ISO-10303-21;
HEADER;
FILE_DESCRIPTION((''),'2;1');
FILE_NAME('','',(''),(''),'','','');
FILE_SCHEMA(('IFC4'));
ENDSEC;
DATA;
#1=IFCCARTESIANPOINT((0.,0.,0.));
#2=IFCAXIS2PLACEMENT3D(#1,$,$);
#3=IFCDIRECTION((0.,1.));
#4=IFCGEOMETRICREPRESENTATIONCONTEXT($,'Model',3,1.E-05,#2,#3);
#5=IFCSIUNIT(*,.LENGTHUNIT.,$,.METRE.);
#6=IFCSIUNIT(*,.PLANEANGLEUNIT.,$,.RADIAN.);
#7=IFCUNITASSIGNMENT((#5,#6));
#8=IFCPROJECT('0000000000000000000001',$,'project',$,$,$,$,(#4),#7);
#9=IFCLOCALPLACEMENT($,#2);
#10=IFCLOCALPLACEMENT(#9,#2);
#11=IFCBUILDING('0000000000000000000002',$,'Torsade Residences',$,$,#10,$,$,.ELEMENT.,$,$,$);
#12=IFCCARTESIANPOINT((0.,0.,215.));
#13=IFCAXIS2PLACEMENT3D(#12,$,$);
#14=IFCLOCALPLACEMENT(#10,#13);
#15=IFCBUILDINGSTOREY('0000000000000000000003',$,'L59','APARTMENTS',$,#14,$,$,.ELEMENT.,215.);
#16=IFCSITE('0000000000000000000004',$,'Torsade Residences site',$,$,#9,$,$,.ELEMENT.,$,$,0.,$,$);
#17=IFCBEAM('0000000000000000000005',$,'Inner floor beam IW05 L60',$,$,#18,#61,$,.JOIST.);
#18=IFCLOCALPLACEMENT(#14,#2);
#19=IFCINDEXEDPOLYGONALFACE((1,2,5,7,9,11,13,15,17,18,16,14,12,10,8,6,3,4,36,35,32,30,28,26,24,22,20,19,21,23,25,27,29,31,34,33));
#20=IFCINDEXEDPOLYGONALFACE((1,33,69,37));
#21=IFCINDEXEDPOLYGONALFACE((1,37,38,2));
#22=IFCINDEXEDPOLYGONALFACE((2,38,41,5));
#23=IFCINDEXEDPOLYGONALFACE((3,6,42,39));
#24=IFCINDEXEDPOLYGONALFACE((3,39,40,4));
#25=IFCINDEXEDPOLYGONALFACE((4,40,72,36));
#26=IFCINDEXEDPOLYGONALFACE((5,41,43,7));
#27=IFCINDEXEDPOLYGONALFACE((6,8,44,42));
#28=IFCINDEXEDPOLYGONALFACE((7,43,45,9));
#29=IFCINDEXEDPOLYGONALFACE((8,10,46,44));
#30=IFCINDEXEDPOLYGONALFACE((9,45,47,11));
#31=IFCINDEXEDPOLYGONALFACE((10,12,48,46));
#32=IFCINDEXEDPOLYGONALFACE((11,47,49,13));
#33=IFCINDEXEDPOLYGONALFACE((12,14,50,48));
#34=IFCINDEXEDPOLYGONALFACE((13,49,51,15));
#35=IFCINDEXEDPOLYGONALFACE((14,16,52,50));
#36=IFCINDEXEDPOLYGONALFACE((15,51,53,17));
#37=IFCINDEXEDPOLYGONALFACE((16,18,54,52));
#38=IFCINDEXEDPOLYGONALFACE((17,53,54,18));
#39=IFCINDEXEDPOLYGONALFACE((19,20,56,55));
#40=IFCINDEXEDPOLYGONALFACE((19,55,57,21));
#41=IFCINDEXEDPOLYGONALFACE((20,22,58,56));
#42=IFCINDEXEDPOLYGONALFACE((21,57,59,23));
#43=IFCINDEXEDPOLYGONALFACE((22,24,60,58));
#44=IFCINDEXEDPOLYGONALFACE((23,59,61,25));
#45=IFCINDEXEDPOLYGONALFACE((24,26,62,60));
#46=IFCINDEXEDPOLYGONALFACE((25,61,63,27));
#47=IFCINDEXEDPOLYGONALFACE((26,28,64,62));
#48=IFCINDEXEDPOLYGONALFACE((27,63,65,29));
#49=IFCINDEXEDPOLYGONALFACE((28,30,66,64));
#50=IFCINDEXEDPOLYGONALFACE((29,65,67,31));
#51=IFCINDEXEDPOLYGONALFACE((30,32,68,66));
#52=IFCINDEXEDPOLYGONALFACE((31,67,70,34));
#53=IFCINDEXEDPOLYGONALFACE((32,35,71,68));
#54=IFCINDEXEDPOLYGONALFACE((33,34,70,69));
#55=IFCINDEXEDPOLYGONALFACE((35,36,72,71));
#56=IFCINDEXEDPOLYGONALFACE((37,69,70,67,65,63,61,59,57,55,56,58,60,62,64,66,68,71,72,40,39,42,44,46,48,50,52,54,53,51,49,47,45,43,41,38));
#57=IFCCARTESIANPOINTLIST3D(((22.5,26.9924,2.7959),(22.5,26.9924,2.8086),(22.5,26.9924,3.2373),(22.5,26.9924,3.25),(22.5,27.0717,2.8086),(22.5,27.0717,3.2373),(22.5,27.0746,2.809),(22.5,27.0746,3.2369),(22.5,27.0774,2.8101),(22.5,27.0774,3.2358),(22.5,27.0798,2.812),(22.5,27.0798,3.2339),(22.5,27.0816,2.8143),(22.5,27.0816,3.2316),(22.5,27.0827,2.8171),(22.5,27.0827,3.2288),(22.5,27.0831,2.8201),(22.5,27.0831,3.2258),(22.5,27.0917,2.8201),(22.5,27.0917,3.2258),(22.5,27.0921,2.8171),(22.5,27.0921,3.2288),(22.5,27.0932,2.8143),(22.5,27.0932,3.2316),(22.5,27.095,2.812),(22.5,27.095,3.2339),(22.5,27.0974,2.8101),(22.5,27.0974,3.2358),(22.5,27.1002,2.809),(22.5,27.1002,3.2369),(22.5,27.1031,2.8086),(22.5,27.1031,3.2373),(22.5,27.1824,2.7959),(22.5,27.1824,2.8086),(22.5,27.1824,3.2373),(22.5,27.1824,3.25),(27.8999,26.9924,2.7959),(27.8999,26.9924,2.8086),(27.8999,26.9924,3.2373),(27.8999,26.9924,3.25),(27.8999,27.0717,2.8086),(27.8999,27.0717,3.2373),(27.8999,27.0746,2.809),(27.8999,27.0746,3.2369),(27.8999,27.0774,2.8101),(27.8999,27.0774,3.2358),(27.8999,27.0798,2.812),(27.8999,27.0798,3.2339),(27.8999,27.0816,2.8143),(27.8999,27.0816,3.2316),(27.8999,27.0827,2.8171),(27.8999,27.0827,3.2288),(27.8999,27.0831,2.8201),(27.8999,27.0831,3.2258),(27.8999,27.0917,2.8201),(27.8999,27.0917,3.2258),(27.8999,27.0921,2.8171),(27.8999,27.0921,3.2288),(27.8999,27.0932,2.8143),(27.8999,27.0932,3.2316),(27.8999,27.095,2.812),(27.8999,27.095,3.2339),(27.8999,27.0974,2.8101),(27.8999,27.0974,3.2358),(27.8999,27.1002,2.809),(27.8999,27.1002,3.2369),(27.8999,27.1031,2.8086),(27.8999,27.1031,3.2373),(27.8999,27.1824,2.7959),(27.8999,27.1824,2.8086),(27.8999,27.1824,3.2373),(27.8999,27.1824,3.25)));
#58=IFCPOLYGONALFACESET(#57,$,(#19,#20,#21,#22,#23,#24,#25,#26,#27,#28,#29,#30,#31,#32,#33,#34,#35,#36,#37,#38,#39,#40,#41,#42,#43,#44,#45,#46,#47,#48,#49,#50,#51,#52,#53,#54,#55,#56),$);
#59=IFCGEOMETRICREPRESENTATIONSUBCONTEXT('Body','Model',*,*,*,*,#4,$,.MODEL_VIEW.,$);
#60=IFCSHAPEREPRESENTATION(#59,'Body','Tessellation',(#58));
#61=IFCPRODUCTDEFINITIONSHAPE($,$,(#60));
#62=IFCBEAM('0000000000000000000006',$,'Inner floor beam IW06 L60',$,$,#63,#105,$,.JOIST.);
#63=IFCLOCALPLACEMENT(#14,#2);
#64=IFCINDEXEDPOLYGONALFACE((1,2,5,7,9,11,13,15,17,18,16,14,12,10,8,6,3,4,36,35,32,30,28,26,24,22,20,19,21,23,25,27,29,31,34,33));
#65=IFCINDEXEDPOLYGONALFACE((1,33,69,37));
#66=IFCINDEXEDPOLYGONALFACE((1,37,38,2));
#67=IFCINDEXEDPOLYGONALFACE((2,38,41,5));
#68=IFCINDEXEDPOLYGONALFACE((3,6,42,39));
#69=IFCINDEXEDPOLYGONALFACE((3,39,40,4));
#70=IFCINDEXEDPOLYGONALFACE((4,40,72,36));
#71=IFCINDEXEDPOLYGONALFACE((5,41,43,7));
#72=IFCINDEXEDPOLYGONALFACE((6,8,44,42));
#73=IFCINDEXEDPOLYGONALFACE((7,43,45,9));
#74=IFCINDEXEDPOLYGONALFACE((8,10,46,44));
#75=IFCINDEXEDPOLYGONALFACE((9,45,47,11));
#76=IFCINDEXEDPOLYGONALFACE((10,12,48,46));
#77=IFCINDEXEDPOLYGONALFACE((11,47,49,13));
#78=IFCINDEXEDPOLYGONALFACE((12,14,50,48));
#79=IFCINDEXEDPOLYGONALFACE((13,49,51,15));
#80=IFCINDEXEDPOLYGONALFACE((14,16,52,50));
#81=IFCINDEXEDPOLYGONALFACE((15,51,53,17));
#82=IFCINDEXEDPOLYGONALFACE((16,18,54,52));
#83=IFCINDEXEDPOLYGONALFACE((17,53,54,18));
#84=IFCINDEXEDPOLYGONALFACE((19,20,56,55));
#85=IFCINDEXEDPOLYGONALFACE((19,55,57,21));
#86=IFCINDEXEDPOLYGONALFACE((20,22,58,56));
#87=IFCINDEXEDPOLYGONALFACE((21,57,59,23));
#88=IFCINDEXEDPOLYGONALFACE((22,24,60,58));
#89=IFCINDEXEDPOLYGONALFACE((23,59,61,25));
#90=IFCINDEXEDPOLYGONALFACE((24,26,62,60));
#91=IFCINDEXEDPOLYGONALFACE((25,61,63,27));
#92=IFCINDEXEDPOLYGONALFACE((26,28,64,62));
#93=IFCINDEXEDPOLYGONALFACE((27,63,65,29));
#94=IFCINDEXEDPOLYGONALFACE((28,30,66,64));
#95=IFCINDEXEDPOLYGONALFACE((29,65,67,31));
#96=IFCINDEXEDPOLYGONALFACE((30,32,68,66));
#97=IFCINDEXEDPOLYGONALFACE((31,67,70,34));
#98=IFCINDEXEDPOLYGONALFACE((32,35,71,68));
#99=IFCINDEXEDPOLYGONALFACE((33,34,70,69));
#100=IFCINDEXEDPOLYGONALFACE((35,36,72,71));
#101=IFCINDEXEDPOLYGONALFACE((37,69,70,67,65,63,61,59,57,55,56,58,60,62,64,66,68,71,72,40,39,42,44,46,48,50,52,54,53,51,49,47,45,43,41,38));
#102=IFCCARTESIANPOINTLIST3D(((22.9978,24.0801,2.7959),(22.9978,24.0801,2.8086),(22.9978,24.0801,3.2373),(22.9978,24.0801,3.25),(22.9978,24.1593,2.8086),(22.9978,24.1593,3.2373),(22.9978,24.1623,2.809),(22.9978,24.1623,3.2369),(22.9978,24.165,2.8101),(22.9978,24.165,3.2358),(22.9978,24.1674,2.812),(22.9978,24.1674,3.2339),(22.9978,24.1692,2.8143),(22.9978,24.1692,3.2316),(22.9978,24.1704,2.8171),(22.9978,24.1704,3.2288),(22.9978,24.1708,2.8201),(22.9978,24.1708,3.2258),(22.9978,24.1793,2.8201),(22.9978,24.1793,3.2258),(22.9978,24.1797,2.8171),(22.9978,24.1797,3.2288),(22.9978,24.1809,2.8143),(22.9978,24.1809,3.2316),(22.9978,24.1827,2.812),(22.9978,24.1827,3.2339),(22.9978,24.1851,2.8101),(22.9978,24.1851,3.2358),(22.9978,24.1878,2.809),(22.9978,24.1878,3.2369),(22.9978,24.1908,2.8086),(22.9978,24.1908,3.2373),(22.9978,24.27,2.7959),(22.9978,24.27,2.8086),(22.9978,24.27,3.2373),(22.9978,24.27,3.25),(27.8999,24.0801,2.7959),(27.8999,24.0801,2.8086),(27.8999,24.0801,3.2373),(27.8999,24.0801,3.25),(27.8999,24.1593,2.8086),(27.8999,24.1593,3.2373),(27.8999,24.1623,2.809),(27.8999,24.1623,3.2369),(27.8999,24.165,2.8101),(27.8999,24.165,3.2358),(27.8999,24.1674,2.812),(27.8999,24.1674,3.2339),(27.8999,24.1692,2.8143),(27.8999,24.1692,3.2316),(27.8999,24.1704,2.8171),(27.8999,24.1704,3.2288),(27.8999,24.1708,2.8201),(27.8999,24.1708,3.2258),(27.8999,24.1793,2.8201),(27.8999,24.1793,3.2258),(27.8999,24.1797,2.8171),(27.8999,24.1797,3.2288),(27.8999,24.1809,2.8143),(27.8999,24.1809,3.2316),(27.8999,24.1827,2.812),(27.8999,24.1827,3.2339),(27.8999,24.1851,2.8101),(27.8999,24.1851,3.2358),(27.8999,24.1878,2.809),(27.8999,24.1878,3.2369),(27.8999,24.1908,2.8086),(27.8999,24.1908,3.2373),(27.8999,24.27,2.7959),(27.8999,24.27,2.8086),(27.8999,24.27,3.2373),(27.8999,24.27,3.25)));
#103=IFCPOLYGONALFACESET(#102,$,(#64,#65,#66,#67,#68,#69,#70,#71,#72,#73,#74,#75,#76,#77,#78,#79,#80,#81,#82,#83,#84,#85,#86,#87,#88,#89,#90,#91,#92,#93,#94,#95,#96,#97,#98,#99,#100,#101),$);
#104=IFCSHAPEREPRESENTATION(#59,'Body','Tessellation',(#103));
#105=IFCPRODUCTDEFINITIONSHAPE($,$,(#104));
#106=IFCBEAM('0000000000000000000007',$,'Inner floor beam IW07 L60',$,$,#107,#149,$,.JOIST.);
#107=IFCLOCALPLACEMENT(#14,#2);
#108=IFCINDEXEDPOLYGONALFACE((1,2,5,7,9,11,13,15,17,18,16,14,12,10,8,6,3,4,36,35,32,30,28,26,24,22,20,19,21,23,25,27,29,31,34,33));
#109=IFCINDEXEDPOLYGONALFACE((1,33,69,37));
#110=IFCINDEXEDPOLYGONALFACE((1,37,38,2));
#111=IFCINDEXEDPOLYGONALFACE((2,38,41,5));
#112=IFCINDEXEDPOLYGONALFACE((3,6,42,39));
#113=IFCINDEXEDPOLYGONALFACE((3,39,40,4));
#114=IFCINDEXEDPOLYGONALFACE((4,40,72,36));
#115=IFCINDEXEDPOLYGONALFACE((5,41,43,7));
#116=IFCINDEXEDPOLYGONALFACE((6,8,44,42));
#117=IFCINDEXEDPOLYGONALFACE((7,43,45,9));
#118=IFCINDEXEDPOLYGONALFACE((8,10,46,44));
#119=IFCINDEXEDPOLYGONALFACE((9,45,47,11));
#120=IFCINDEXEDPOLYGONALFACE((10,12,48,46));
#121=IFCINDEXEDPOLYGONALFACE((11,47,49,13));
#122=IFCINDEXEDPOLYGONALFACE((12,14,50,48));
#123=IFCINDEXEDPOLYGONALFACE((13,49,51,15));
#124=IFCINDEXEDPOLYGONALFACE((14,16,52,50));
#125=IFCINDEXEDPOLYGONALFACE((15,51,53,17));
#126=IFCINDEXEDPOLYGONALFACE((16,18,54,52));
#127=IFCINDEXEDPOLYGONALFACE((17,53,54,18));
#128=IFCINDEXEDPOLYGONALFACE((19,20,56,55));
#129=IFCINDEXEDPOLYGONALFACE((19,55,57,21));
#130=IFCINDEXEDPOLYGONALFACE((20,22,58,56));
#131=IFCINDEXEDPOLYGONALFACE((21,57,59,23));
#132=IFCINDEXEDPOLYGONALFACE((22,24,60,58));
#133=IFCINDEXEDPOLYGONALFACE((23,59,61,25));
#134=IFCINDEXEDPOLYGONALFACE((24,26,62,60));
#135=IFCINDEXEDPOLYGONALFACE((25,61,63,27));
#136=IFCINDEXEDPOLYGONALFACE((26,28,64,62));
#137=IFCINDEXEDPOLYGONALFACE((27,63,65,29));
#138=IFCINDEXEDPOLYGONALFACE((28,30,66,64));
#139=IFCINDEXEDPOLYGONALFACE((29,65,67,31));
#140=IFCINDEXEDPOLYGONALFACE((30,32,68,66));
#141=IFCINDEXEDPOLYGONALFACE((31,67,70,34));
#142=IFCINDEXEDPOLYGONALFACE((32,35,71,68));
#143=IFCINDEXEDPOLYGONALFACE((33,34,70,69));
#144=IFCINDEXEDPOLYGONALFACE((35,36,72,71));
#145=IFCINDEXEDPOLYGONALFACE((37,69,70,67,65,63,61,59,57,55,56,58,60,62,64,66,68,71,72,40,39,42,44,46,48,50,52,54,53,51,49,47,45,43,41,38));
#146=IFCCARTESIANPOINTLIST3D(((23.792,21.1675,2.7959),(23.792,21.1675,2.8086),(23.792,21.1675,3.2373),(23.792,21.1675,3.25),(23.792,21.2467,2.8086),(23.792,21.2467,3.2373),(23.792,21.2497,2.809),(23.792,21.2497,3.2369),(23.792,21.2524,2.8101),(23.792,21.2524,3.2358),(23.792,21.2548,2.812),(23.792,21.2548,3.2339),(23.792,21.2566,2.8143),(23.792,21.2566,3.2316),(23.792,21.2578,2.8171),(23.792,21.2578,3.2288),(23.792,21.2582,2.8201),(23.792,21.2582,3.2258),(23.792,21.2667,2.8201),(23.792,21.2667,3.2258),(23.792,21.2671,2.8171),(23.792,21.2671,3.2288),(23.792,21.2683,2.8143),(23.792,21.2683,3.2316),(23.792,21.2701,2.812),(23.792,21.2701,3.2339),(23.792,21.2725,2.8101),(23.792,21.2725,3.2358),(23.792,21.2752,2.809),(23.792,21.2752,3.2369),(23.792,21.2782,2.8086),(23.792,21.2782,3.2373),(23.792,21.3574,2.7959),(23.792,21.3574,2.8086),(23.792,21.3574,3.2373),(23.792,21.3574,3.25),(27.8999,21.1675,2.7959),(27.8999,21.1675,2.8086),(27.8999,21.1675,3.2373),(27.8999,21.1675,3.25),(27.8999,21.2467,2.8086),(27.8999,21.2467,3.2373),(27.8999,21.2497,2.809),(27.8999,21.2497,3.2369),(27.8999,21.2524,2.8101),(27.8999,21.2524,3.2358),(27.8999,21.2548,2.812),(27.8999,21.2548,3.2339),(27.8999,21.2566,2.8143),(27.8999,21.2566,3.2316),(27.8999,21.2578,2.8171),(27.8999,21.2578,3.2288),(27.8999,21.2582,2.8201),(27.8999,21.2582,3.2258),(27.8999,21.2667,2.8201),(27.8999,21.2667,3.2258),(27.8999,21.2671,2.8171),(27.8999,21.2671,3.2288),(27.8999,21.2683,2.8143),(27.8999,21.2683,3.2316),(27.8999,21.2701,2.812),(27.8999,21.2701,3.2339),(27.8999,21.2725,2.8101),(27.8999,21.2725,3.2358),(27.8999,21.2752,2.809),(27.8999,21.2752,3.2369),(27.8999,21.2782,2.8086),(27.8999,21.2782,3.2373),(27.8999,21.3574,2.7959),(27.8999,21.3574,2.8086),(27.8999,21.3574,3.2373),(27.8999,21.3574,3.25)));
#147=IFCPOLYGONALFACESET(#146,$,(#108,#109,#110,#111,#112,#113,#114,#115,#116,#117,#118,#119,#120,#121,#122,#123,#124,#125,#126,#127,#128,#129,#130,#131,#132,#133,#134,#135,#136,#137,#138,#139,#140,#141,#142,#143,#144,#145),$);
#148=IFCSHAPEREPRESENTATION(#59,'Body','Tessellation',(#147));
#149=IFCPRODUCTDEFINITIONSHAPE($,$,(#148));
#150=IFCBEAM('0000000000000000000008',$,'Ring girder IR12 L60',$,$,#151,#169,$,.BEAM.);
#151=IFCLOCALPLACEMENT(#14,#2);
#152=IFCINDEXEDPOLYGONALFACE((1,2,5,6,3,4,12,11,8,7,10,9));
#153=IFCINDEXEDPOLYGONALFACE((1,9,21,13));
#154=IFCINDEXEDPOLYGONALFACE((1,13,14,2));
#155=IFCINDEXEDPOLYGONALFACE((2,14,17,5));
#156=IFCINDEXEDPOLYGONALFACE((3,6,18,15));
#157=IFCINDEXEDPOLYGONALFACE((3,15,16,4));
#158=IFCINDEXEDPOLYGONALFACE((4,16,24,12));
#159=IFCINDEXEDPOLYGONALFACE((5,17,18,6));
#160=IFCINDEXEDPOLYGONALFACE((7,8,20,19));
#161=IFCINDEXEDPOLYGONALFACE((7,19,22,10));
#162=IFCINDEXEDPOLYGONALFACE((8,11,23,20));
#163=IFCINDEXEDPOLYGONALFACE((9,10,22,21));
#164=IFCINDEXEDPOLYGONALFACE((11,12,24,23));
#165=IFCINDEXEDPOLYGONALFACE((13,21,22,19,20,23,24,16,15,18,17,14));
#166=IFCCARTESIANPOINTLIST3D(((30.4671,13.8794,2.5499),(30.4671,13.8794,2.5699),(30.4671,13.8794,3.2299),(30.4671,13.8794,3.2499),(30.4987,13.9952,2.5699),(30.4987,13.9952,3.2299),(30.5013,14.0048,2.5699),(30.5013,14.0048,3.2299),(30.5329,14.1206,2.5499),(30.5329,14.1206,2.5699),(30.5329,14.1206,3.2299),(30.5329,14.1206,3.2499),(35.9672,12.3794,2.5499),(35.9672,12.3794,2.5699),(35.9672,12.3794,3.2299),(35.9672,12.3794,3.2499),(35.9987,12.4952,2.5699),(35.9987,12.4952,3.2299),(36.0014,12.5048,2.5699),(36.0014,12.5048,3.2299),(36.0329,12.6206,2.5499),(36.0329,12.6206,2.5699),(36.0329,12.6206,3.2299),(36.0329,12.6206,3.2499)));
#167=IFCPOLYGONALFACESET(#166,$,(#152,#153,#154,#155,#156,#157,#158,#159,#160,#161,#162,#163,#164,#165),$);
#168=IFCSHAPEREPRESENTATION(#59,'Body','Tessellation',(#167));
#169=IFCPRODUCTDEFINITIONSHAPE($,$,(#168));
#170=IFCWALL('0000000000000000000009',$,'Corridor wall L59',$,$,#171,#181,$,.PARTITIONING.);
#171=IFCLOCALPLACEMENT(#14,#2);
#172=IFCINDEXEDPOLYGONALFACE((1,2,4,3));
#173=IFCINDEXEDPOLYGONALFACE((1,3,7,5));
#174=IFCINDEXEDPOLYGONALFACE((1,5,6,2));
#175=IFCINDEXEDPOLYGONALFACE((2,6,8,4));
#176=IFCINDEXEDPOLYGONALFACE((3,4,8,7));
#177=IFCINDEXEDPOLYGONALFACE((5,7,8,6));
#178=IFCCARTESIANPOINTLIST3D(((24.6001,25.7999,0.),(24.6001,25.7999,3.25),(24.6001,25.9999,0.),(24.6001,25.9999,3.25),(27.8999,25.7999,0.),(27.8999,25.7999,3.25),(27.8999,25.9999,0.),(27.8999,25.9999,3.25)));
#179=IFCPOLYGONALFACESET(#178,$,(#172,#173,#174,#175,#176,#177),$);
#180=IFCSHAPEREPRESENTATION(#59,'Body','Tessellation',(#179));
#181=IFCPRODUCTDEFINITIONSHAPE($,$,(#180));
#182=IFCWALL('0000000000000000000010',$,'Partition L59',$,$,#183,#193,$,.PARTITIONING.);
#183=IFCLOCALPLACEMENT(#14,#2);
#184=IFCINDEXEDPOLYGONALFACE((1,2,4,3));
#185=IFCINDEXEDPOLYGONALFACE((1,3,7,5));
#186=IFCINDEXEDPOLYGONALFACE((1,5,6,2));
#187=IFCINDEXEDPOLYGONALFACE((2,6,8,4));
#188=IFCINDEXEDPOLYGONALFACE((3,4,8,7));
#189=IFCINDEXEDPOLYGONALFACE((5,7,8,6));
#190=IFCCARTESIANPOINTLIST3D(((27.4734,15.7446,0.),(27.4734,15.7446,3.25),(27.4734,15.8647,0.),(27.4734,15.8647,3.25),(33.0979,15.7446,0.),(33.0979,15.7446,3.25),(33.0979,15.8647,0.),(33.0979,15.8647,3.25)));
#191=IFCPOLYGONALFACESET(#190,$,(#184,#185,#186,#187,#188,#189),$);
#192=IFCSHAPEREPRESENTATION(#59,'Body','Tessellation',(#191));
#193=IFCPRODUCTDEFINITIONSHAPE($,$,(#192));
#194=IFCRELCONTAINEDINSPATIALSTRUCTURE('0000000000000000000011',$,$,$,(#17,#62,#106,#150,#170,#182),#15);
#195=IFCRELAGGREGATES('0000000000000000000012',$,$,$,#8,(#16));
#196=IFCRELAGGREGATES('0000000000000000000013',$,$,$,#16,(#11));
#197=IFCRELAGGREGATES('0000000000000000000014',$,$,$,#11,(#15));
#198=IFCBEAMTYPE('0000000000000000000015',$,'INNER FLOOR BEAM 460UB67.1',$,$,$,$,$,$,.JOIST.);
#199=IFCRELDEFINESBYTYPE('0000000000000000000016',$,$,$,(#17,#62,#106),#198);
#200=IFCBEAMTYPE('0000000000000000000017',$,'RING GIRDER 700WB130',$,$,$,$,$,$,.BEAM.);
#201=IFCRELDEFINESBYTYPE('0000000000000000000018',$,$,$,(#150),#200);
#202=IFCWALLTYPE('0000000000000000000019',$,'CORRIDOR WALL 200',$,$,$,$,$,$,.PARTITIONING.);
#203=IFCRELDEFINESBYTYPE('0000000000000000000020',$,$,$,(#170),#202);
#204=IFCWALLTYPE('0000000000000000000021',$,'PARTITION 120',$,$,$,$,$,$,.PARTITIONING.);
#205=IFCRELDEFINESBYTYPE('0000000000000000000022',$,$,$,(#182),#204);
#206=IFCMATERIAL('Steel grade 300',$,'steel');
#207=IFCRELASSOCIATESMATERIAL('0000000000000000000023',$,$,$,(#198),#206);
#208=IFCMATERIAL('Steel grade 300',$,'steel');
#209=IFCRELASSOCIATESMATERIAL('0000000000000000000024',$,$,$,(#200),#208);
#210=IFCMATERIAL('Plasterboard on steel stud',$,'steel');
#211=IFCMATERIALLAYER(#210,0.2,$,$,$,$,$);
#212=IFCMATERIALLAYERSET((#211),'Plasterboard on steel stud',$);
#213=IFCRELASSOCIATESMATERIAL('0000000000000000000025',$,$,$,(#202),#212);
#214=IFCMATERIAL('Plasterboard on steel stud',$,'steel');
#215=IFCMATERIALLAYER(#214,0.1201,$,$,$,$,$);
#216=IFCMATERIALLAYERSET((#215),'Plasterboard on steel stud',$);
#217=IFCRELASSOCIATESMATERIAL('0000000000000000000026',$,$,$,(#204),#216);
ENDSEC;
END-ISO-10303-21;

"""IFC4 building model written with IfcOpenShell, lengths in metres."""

from ifc_helpers import new_model, si_unit, direction, frame, frame_2d, origin, origin_2d, place, context, subcontext, project, spatial, rectangle, i_section, extrude, material, layer, layer_set, material_profile, profile_set, type_object, element, save


model = new_model("IFC4")

# Units and contexts
model_context = context("Model", 3, precision=1e-05, world=origin(), true_north=direction((0.0, 1.0)))
body_context = subcontext(model_context, "Body", "Model", "MODEL_VIEW")
ifc_project = project(units=[si_unit("LENGTHUNIT", "METRE"), si_unit("PLANEANGLEUNIT", "RADIAN")], contexts=[model_context])

# Site, building, storey
site_placement = place(None, origin())
site = spatial("IfcSite", under=ifc_project, at=site_placement, Name="Torsade Residences site", CompositionType="ELEMENT", RefElevation=0.0)
building_placement = place(site_placement, origin())
building = spatial("IfcBuilding", under=site, at=building_placement, Name="Torsade Residences", CompositionType="ELEMENT")
storey_placement = place(building_placement, frame((0.0, 0.0, 215.0)))
storey = spatial("IfcBuildingStorey", under=building, at=storey_placement, Name="L59", Description="APARTMENTS", CompositionType="ELEMENT", Elevation=215.0)

# Beams
ifc_material_1 = material(Name="Steel grade 300", Category="steel")
ifc_material_profile_1 = material_profile(ifc_material_1, i_section(OverallWidth=0.1899, OverallDepth=0.4541, WebThickness=0.0085, FlangeThickness=0.0127, FilletRadius=0.0115, at=origin_2d()), Name="460UB67.1")
ifc_profile_set_1 = profile_set([ifc_material_profile_1], Name="Steel grade 300")
beam_type_1 = type_object("IfcBeamType", Name="INNER FLOOR BEAM 460UB67.1", PredefinedType="JOIST", material=ifc_profile_set_1)
beam_1_placement = place(storey_placement, frame((27.8999, 27.0874, 3.0229), z_axis=(-1.0, 0.0, 0.0), x_axis=(0.0, -1.0, 0.0)))
element("IfcBeam", 1, at=beam_1_placement, inside=storey, type_object=beam_type_1, Name="Inner floor beam IW05 L60", PredefinedType="JOIST", context=body_context, shape_type="SweptSolid", body=[
    extrude(i_section(OverallWidth=0.1899, OverallDepth=0.4541, WebThickness=0.0085, FlangeThickness=0.0127, FilletRadius=0.0115, at=origin_2d()), origin(), (0.0, 0.0, 1.0), 5.3999),
])
beam_2_placement = place(storey_placement, frame((27.8999, 24.175, 3.0229), z_axis=(-1.0, 0.0, 0.0), x_axis=(0.0, -1.0, 0.0)))
element("IfcBeam", 2, at=beam_2_placement, inside=storey, type_object=beam_type_1, Name="Inner floor beam IW06 L60", PredefinedType="JOIST", context=body_context, shape_type="SweptSolid", body=[
    extrude(i_section(OverallWidth=0.1899, OverallDepth=0.4541, WebThickness=0.0085, FlangeThickness=0.0127, FilletRadius=0.0115, at=origin_2d()), origin(), (0.0, 0.0, 1.0), 4.9021),
])
beam_3_placement = place(storey_placement, frame((27.8999, 21.2625, 3.0229), z_axis=(-1.0, 0.0, 0.0), x_axis=(0.0, -1.0, 0.0)))
element("IfcBeam", 3, at=beam_3_placement, inside=storey, type_object=beam_type_1, Name="Inner floor beam IW07 L60", PredefinedType="JOIST", context=body_context, shape_type="SweptSolid", body=[
    extrude(i_section(OverallWidth=0.1899, OverallDepth=0.4541, WebThickness=0.0085, FlangeThickness=0.0127, FilletRadius=0.0115, at=origin_2d()), origin(), (0.0, 0.0, 1.0), 4.1079),
])
ifc_material_2 = material(Name="Steel grade 300", Category="steel")
ifc_material_profile_2 = material_profile(ifc_material_2, i_section(OverallWidth=0.25, OverallDepth=0.7, WebThickness=0.01, FlangeThickness=0.02, at=origin_2d()), Name="700WB130")
ifc_profile_set_2 = profile_set([ifc_material_profile_2], Name="Steel grade 300")
beam_type_2 = type_object("IfcBeamType", Name="RING GIRDER 700WB130", PredefinedType="BEAM", material=ifc_profile_set_2)
beam_4_placement = place(storey_placement, frame((30.5, 14.0, 2.8999), z_axis=(0.964764, -0.263117, 0.0), x_axis=(0.263117, 0.964764, 0.0)))
element("IfcBeam", 4, at=beam_4_placement, inside=storey, type_object=beam_type_2, Name="Ring girder IR12 L60", PredefinedType="BEAM", context=body_context, shape_type="SweptSolid", body=[
    extrude(i_section(OverallWidth=0.25, OverallDepth=0.7, WebThickness=0.01, FlangeThickness=0.02, at=origin_2d()), origin(), (0.0, 0.0, 1.0), 5.7009),
])

# Walls
ifc_material_3 = material(Name="Plasterboard on steel stud", Category="steel")
ifc_layer_1 = layer(ifc_material_3, 0.2)
ifc_layer_set_1 = layer_set([ifc_layer_1], Name="Plasterboard on steel stud")
wall_type_1 = type_object("IfcWallType", Name="CORRIDOR WALL 200", PredefinedType="PARTITIONING", material=ifc_layer_set_1)
wall_1_placement = place(storey_placement, frame((27.8999, 25.8999, 0.0), z_axis=(0.0, 0.0, 1.0), x_axis=(-1.0, 0.0, 0.0)))
element("IfcWall", 5, at=wall_1_placement, inside=storey, type_object=wall_type_1, Name="Corridor wall L59", PredefinedType="PARTITIONING", context=body_context, shape_type="SweptSolid", body=[
    extrude(rectangle(XDim=3.2998, YDim=0.2, at=frame_2d((1.6499, 0.0))), origin(), (0.0, 0.0, 1.0), 3.25),
])
ifc_material_4 = material(Name="Plasterboard on steel stud", Category="steel")
ifc_layer_2 = layer(ifc_material_4, 0.1201)
ifc_layer_set_2 = layer_set([ifc_layer_2], Name="Plasterboard on steel stud")
wall_type_2 = type_object("IfcWallType", Name="PARTITION 120", PredefinedType="PARTITIONING", material=ifc_layer_set_2)
wall_2_placement = place(storey_placement, frame((27.4734, 15.8047, 0.0), z_axis=(0.0, 0.0, 1.0), x_axis=(1.0, 0.0, 0.0)))
element("IfcWall", 6, at=wall_2_placement, inside=storey, type_object=wall_type_2, Name="Partition L59", PredefinedType="PARTITIONING", context=body_context, shape_type="SweptSolid", body=[
    extrude(rectangle(XDim=5.6245, YDim=0.1201, at=frame_2d((2.8123, 0.0))), origin(), (0.0, 0.0, 1.0), 3.25),
])

save(model, "model.ifc")
